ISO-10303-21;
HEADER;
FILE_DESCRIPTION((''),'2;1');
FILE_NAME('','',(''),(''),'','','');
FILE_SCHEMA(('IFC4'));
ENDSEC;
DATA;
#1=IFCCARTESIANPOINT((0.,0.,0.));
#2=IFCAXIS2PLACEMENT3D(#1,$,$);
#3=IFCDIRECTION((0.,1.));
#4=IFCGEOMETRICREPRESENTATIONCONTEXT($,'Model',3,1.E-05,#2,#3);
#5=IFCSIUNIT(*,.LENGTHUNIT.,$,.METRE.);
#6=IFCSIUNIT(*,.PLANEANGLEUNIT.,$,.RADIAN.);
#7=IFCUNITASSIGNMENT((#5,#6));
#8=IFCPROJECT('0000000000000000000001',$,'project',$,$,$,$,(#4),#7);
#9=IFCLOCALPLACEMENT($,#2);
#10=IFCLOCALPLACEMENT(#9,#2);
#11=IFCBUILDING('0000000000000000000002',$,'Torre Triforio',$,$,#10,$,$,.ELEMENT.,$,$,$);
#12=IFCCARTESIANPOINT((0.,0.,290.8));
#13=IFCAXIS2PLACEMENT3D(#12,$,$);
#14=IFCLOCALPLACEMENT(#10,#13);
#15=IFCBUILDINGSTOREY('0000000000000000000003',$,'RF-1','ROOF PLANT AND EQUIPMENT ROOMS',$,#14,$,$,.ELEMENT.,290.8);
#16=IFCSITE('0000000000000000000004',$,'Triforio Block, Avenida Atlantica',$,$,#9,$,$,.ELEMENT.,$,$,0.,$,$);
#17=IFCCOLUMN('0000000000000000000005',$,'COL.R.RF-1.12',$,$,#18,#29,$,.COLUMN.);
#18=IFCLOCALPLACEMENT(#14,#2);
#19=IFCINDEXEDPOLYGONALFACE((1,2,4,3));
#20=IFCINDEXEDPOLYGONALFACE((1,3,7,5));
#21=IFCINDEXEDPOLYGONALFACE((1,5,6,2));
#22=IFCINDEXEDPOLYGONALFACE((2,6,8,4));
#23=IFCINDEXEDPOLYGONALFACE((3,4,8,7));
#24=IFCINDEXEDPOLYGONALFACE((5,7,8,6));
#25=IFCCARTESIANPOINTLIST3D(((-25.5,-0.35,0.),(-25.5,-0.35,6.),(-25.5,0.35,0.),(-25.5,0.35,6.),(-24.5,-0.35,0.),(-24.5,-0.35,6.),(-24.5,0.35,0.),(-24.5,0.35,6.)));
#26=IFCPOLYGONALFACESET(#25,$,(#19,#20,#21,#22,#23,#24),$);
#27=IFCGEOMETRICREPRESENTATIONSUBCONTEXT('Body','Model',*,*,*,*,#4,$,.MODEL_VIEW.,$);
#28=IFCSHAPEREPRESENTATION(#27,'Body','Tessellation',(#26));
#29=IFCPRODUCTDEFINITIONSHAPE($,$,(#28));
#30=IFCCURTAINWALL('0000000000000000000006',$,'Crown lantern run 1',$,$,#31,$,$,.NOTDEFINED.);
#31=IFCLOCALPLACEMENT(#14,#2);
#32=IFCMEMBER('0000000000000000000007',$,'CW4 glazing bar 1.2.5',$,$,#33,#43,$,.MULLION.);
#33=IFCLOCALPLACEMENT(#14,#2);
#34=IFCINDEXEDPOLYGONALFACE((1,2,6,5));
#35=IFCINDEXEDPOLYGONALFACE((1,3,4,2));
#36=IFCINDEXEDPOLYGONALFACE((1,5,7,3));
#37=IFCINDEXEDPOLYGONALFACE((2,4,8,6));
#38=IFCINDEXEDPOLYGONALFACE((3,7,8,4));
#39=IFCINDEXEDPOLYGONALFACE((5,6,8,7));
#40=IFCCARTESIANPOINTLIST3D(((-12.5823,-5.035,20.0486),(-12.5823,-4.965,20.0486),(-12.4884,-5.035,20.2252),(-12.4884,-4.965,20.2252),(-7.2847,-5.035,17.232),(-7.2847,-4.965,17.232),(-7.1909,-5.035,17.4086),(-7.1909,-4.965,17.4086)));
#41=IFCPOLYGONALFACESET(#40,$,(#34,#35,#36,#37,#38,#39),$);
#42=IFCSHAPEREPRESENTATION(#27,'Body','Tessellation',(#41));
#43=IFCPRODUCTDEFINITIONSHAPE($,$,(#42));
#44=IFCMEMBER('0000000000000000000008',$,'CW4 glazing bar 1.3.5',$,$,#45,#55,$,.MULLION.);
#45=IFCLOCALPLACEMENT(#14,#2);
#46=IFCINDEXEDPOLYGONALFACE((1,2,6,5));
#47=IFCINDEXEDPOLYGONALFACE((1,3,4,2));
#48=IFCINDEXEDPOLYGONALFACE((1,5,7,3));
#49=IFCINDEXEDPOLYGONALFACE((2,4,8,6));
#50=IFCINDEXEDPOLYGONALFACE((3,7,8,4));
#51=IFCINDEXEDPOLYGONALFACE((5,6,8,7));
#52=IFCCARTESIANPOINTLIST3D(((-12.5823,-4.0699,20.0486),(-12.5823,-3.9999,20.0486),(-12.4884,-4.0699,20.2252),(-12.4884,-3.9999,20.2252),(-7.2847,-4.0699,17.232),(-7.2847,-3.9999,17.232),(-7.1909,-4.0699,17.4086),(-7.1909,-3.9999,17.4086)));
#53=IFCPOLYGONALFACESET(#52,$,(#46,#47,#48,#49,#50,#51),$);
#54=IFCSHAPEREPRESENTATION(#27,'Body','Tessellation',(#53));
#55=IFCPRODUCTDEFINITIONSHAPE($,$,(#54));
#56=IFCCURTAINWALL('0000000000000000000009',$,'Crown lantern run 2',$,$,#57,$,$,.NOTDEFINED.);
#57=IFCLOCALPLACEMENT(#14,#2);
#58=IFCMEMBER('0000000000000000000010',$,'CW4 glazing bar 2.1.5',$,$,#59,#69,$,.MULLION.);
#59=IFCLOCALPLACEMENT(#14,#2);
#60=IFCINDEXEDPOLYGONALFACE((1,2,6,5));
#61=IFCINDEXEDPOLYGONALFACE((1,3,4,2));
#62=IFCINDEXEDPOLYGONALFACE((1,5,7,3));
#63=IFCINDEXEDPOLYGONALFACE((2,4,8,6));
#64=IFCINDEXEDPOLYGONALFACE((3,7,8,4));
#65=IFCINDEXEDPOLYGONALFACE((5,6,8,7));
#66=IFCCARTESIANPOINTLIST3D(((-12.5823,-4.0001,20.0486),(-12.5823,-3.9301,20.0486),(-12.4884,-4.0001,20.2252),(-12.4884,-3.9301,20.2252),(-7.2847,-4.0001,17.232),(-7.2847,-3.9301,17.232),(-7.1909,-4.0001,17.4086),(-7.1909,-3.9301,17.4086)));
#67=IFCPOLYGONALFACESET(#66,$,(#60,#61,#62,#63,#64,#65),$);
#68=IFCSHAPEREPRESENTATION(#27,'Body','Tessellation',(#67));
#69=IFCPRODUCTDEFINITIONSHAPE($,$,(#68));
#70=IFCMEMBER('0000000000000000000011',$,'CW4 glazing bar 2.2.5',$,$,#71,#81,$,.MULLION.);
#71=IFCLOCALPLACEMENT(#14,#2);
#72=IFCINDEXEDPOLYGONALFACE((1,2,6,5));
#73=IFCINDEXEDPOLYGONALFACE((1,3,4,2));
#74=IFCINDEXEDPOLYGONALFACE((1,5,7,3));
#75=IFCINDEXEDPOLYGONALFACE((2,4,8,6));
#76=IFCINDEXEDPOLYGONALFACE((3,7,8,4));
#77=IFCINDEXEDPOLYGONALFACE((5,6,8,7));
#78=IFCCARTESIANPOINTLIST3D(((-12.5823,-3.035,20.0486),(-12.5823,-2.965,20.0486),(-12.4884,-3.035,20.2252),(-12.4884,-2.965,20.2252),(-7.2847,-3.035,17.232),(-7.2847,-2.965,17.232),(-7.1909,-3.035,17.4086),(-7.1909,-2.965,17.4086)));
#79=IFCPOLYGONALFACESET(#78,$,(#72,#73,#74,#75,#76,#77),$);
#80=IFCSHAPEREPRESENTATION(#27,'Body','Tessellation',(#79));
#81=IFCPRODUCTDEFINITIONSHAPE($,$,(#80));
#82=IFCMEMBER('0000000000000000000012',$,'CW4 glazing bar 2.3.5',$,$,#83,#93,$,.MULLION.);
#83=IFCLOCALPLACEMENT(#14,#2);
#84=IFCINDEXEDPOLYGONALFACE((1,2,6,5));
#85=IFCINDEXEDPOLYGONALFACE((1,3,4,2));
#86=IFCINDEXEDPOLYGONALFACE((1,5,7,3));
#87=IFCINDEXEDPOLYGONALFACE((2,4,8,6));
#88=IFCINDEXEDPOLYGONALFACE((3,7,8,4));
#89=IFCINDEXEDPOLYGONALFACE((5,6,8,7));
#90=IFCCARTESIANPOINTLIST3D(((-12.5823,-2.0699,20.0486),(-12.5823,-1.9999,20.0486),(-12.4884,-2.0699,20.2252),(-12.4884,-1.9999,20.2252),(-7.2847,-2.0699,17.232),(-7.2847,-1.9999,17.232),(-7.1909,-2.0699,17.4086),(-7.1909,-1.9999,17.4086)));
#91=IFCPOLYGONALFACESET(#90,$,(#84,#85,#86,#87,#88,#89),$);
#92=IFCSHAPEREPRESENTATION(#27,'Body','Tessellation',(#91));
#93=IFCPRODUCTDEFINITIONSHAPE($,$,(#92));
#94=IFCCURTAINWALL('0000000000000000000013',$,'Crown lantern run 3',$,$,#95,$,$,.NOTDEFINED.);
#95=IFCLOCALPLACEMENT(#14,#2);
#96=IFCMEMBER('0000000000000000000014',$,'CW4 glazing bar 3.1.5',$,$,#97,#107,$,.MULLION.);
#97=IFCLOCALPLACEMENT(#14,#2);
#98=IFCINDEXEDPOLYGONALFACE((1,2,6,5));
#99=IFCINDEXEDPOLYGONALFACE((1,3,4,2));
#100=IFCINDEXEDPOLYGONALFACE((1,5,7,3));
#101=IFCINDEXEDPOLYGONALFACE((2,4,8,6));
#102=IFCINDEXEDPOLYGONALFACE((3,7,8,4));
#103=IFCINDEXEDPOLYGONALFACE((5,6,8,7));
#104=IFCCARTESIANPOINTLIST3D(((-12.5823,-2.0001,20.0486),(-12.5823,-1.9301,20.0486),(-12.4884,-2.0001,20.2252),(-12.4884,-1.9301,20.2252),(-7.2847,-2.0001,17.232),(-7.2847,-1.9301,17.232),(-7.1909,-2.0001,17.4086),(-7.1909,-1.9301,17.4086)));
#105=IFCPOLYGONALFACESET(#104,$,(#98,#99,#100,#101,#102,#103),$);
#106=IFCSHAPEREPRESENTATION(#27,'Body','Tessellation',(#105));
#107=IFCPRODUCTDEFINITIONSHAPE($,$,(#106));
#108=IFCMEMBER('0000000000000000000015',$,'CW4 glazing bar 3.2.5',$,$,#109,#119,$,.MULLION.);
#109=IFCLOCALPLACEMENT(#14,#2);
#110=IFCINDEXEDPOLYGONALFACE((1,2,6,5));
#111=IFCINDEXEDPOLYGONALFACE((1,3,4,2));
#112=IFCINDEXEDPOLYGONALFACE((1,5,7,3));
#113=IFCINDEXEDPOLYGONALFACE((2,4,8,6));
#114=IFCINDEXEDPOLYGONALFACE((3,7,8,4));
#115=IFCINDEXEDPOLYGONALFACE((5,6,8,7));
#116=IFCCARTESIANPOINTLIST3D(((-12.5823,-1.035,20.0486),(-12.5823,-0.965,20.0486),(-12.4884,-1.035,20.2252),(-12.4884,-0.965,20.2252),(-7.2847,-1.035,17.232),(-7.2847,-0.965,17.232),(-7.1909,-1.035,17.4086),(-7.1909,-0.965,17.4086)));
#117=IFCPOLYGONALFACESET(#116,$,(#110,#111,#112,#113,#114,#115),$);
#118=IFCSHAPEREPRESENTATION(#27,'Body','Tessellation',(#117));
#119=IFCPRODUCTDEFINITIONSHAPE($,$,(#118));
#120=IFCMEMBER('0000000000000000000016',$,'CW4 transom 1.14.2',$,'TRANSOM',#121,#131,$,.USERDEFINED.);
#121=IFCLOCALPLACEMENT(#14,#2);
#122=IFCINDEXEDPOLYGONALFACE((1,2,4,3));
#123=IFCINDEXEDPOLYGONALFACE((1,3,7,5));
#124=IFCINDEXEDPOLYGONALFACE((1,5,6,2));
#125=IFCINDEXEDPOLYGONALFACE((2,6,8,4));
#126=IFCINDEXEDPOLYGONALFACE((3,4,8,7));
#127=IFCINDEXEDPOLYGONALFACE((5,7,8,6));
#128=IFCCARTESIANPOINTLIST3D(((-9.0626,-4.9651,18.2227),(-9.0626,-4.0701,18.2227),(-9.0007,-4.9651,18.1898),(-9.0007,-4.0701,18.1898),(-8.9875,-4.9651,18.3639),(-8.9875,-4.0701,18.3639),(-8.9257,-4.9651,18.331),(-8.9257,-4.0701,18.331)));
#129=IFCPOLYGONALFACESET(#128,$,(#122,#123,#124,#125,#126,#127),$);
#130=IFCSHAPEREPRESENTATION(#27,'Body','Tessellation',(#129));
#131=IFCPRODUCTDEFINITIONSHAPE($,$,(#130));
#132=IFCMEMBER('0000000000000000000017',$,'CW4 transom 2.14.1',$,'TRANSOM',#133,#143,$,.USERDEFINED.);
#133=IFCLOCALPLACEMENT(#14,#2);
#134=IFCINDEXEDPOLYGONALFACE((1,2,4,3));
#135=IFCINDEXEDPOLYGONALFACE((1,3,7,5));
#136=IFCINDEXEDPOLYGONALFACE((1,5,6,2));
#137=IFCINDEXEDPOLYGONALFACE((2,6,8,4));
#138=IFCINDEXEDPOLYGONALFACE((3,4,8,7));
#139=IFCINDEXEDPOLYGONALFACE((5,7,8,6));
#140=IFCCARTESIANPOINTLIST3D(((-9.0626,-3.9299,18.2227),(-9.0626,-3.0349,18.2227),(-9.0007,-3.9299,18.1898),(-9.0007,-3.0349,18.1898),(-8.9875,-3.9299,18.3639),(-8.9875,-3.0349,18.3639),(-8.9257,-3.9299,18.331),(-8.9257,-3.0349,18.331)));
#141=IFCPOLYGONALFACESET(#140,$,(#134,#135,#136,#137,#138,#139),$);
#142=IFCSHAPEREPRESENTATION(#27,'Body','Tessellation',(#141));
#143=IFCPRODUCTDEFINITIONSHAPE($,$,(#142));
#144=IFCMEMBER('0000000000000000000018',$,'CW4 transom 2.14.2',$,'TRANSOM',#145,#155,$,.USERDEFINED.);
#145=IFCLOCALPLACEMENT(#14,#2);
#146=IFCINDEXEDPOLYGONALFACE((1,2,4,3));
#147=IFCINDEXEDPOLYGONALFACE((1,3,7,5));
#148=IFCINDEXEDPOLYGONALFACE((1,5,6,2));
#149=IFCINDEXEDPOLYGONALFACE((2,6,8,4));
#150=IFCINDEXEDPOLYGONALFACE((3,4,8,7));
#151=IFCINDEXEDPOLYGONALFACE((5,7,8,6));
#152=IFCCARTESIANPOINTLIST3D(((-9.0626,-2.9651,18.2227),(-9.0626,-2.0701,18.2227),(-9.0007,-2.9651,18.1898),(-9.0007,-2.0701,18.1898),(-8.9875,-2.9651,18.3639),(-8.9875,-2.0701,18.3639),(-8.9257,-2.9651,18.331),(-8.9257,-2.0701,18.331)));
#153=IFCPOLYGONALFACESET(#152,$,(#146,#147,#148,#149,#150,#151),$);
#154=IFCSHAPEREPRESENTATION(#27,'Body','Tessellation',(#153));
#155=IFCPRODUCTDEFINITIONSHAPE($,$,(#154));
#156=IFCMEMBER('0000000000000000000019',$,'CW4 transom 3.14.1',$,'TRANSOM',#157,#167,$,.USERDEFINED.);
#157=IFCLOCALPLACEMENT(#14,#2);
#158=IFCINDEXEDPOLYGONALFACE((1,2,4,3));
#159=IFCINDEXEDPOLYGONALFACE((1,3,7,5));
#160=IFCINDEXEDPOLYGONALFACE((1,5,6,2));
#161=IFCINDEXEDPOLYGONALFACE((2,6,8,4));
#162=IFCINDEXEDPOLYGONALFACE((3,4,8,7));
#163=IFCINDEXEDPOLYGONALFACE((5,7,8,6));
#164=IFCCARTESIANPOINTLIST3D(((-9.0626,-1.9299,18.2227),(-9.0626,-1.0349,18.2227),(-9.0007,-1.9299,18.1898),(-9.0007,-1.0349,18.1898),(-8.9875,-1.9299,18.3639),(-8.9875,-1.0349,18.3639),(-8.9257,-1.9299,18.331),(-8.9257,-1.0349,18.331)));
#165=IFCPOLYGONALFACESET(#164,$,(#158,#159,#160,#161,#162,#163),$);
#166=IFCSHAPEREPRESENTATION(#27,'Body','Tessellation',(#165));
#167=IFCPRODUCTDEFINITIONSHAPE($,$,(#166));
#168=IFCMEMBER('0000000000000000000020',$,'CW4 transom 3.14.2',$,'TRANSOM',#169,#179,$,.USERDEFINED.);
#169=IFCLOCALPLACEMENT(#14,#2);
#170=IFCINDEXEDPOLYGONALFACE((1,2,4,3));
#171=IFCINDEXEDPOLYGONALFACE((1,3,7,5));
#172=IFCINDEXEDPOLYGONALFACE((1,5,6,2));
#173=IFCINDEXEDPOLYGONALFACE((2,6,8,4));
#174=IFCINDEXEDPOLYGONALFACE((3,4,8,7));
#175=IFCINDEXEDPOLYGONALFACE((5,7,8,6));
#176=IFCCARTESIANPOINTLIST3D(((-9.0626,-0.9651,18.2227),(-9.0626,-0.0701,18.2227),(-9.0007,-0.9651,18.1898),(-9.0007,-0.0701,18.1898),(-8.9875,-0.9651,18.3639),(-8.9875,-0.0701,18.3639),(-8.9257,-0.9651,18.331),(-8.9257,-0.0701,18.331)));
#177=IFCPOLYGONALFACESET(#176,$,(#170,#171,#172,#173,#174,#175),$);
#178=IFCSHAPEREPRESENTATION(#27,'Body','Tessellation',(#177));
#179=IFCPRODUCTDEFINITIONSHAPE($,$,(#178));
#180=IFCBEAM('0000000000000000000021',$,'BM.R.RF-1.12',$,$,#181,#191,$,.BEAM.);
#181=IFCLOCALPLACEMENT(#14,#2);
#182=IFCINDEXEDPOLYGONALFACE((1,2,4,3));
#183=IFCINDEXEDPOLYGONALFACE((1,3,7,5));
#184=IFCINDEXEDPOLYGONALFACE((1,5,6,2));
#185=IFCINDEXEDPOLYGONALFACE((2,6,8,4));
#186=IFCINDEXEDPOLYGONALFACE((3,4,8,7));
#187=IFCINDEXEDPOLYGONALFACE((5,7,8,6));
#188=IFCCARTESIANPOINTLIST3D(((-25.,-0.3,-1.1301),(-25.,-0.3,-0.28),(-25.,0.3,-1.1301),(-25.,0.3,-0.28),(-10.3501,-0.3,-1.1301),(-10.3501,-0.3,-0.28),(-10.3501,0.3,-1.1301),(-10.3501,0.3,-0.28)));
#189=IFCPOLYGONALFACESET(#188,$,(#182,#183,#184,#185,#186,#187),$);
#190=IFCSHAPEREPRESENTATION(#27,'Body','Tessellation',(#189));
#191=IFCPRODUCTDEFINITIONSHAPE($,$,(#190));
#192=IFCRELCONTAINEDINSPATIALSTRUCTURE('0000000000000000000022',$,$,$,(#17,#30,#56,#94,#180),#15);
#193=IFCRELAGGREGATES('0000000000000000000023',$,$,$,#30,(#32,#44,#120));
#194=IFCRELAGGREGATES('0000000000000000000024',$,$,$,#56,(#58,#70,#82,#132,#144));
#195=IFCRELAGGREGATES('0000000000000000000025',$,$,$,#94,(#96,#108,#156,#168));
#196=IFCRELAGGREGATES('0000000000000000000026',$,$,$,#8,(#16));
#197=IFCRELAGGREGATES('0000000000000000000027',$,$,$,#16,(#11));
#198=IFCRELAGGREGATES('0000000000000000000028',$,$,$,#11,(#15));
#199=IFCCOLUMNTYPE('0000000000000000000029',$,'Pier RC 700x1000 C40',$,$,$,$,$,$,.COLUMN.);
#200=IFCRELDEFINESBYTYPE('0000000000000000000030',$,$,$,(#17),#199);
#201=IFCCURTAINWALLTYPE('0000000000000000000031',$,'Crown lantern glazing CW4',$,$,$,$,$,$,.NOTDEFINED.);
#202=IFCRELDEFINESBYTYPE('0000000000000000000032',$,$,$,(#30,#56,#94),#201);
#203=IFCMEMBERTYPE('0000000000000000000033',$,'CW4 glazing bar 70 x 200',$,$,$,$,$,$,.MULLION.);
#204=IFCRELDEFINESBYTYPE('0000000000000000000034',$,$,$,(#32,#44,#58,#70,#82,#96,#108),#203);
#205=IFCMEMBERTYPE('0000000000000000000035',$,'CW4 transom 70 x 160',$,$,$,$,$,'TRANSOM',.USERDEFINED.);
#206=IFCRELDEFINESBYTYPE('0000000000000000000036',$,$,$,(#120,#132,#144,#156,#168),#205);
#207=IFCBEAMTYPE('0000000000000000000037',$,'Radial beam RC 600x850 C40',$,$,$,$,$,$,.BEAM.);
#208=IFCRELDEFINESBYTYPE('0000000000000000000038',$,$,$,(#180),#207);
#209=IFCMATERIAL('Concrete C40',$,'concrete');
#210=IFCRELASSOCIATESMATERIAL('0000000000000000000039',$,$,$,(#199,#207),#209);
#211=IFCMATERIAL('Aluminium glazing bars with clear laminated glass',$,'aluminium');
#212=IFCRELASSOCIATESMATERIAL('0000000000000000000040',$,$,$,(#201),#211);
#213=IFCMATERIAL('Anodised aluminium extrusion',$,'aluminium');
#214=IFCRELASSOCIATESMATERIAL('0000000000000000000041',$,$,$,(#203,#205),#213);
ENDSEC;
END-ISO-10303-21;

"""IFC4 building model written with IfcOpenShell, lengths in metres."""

from ifc_helpers import new_model, si_unit, direction, frame, origin, origin_2d, place, context, subcontext, project, spatial, rectangle, extrude, material, material_profile, profile_set, type_object, element, aggregate, save


model = new_model("IFC4")

# Units and contexts
model_context = context("Model", 3, precision=1e-05, world=origin(), true_north=direction((0.0, 1.0)))
body_context = subcontext(model_context, "Body", "Model", "MODEL_VIEW")
ifc_project = project(units=[si_unit("LENGTHUNIT", "METRE"), si_unit("PLANEANGLEUNIT", "RADIAN")], contexts=[model_context])

# Site, building, storey
site_placement = place(None, origin())
site = spatial("IfcSite", under=ifc_project, at=site_placement, Name="Triforio Block, Avenida Atlantica", CompositionType="ELEMENT", RefElevation=0.0)
building_placement = place(site_placement, origin())
building = spatial("IfcBuilding", under=site, at=building_placement, Name="Torre Triforio", CompositionType="ELEMENT")
storey_placement = place(building_placement, frame((0.0, 0.0, 290.8)))
storey = spatial("IfcBuildingStorey", under=building, at=storey_placement, Name="RF-1", Description="ROOF PLANT AND EQUIPMENT ROOMS", CompositionType="ELEMENT", Elevation=290.8)

# Column
ifc_material_1 = material(Name="Concrete C40", Category="concrete")
ifc_material_profile_1 = material_profile(ifc_material_1, rectangle(XDim=0.7, YDim=1.0, at=origin_2d()), Name="RC 700x1000")
ifc_profile_set_1 = profile_set([ifc_material_profile_1], Name="Concrete C40")
column_type = type_object("IfcColumnType", Name="Pier RC 700x1000 C40", PredefinedType="COLUMN", material=ifc_profile_set_1)
column_placement = place(storey_placement, frame((-25.0, 0.0, 0.0), z_axis=(0.0, 0.0, 1.0), x_axis=(0.0, -1.0, 0.0)))
element("IfcColumn", 1, at=column_placement, inside=storey, type_object=column_type, Name="COL.R.RF-1.12", PredefinedType="COLUMN", context=body_context, shape_type="SweptSolid", body=[
    extrude(rectangle(XDim=0.7, YDim=1.0, at=origin_2d()), origin(), (0.0, 0.0, 1.0), 6.0),
])

# Curtain walls, members
ifc_material_2 = material(Name="Aluminium glazing bars with clear laminated glass", Category="aluminium")
curtain_wall_type = type_object("IfcCurtainWallType", Name="Crown lantern glazing CW4", PredefinedType="NOTDEFINED", material=ifc_material_2)
curtain_wall_1_placement = place(storey_placement, origin())
curtain_wall_1 = element("IfcCurtainWall", 2, at=curtain_wall_1_placement, inside=storey, type_object=curtain_wall_type, Name="Crown lantern run 1", PredefinedType="NOTDEFINED")
ifc_material_3 = material(Name="Anodised aluminium extrusion", Category="aluminium")
ifc_material_profile_2 = material_profile(ifc_material_3, rectangle(XDim=0.0701, YDim=0.2, at=origin_2d()), Name="CW4 MULLION 70x200")
ifc_profile_set_2 = profile_set([ifc_material_profile_2], Name="Anodised aluminium extrusion")
member_type_1 = type_object("IfcMemberType", Name="CW4 glazing bar 70 x 200", PredefinedType="MULLION", material=ifc_profile_set_2)
member_1_placement = place(storey_placement, frame((-7.2378, -5.0, 17.3203), z_axis=(-0.882957, 0.0, 0.469454), x_axis=(0.0, -1.0, 0.0)))
member_1 = element("IfcMember", 3, at=member_1_placement, type_object=member_type_1, Name="CW4 glazing bar 1.2.5", PredefinedType="MULLION", context=body_context, shape_type="SweptSolid", body=[
    extrude(rectangle(XDim=0.0701, YDim=0.2, at=origin_2d()), origin(), (0.0, 0.0, 1.0), 5.9998),
])
member_2_placement = place(storey_placement, frame((-7.2378, -4.0349, 17.3203), z_axis=(-0.882957, 0.0, 0.469454), x_axis=(0.0, -1.0, 0.0)))
member_2 = element("IfcMember", 4, at=member_2_placement, type_object=member_type_1, Name="CW4 glazing bar 1.3.5", PredefinedType="MULLION", context=body_context, shape_type="SweptSolid", body=[
    extrude(rectangle(XDim=0.0701, YDim=0.2, at=origin_2d()), origin(), (0.0, 0.0, 1.0), 5.9998),
])
curtain_wall_2_placement = place(storey_placement, origin())
curtain_wall_2 = element("IfcCurtainWall", 5, at=curtain_wall_2_placement, inside=storey, type_object=curtain_wall_type, Name="Crown lantern run 2", PredefinedType="NOTDEFINED")
member_3_placement = place(storey_placement, frame((-7.2378, -3.9651, 17.3203), z_axis=(-0.882957, 0.0, 0.469454), x_axis=(0.0, -1.0, 0.0)))
member_3 = element("IfcMember", 6, at=member_3_placement, type_object=member_type_1, Name="CW4 glazing bar 2.1.5", PredefinedType="MULLION", context=body_context, shape_type="SweptSolid", body=[
    extrude(rectangle(XDim=0.0701, YDim=0.2, at=origin_2d()), origin(), (0.0, 0.0, 1.0), 5.9998),
])
member_4_placement = place(storey_placement, frame((-7.2378, -3.0, 17.3203), z_axis=(-0.882957, 0.0, 0.469454), x_axis=(0.0, -1.0, 0.0)))
member_4 = element("IfcMember", 7, at=member_4_placement, type_object=member_type_1, Name="CW4 glazing bar 2.2.5", PredefinedType="MULLION", context=body_context, shape_type="SweptSolid", body=[
    extrude(rectangle(XDim=0.0701, YDim=0.2, at=origin_2d()), origin(), (0.0, 0.0, 1.0), 5.9998),
])
member_5_placement = place(storey_placement, frame((-7.2378, -2.0349, 17.3203), z_axis=(-0.882957, 0.0, 0.469454), x_axis=(0.0, -1.0, 0.0)))
member_5 = element("IfcMember", 8, at=member_5_placement, type_object=member_type_1, Name="CW4 glazing bar 2.3.5", PredefinedType="MULLION", context=body_context, shape_type="SweptSolid", body=[
    extrude(rectangle(XDim=0.0701, YDim=0.2, at=origin_2d()), origin(), (0.0, 0.0, 1.0), 5.9998),
])
curtain_wall_3_placement = place(storey_placement, origin())
curtain_wall_3 = element("IfcCurtainWall", 9, at=curtain_wall_3_placement, inside=storey, type_object=curtain_wall_type, Name="Crown lantern run 3", PredefinedType="NOTDEFINED")
member_6_placement = place(storey_placement, frame((-7.2378, -1.9651, 17.3203), z_axis=(-0.882957, 0.0, 0.469454), x_axis=(0.0, -1.0, 0.0)))
member_6 = element("IfcMember", 10, at=member_6_placement, type_object=member_type_1, Name="CW4 glazing bar 3.1.5", PredefinedType="MULLION", context=body_context, shape_type="SweptSolid", body=[
    extrude(rectangle(XDim=0.0701, YDim=0.2, at=origin_2d()), origin(), (0.0, 0.0, 1.0), 5.9998),
])
member_7_placement = place(storey_placement, frame((-7.2378, -1.0, 17.3203), z_axis=(-0.882957, 0.0, 0.469454), x_axis=(0.0, -1.0, 0.0)))
member_7 = element("IfcMember", 11, at=member_7_placement, type_object=member_type_1, Name="CW4 glazing bar 3.2.5", PredefinedType="MULLION", context=body_context, shape_type="SweptSolid", body=[
    extrude(rectangle(XDim=0.0701, YDim=0.2, at=origin_2d()), origin(), (0.0, 0.0, 1.0), 5.9998),
])

# Members
ifc_material_profile_3 = material_profile(ifc_material_3, rectangle(XDim=0.0701, YDim=0.1599, at=origin_2d()), Name="CW4 TRANSOM 70x160")
ifc_profile_set_3 = profile_set([ifc_material_profile_3], Name="Anodised aluminium extrusion")
member_type_2 = type_object("IfcMemberType", Name="CW4 transom 70 x 160", ElementType="TRANSOM", PredefinedType="USERDEFINED", material=ifc_profile_set_3)
member_8_placement = place(storey_placement, frame((-8.9941, -4.9651, 18.2769), z_axis=(0.0, 1.0, 0.0), x_axis=(-0.882948, 0.0, 0.469472)))
member_8 = element("IfcMember", 12, at=member_8_placement, type_object=member_type_2, Name="CW4 transom 1.14.2", ObjectType="TRANSOM", PredefinedType="USERDEFINED", context=body_context, shape_type="SweptSolid", body=[
    extrude(rectangle(XDim=0.0701, YDim=0.1599, at=origin_2d()), origin(), (0.0, 0.0, 1.0), 0.895),
])
member_9_placement = place(storey_placement, frame((-8.9941, -3.9299, 18.2769), z_axis=(0.0, 1.0, 0.0), x_axis=(-0.882948, 0.0, 0.469472)))
member_9 = element("IfcMember", 13, at=member_9_placement, type_object=member_type_2, Name="CW4 transom 2.14.1", ObjectType="TRANSOM", PredefinedType="USERDEFINED", context=body_context, shape_type="SweptSolid", body=[
    extrude(rectangle(XDim=0.0701, YDim=0.1599, at=origin_2d()), origin(), (0.0, 0.0, 1.0), 0.895),
])
member_10_placement = place(storey_placement, frame((-8.9941, -2.9651, 18.2769), z_axis=(0.0, 1.0, 0.0), x_axis=(-0.882948, 0.0, 0.469472)))
member_10 = element("IfcMember", 14, at=member_10_placement, type_object=member_type_2, Name="CW4 transom 2.14.2", ObjectType="TRANSOM", PredefinedType="USERDEFINED", context=body_context, shape_type="SweptSolid", body=[
    extrude(rectangle(XDim=0.0701, YDim=0.1599, at=origin_2d()), origin(), (0.0, 0.0, 1.0), 0.895),
])
member_11_placement = place(storey_placement, frame((-8.9941, -1.9299, 18.2769), z_axis=(0.0, 1.0, 0.0), x_axis=(-0.882948, 0.0, 0.469472)))
member_11 = element("IfcMember", 15, at=member_11_placement, type_object=member_type_2, Name="CW4 transom 3.14.1", ObjectType="TRANSOM", PredefinedType="USERDEFINED", context=body_context, shape_type="SweptSolid", body=[
    extrude(rectangle(XDim=0.0701, YDim=0.1599, at=origin_2d()), origin(), (0.0, 0.0, 1.0), 0.895),
])
member_12_placement = place(storey_placement, frame((-8.9941, -0.9651, 18.2769), z_axis=(0.0, 1.0, 0.0), x_axis=(-0.882948, 0.0, 0.469472)))
member_12 = element("IfcMember", 16, at=member_12_placement, type_object=member_type_2, Name="CW4 transom 3.14.2", ObjectType="TRANSOM", PredefinedType="USERDEFINED", context=body_context, shape_type="SweptSolid", body=[
    extrude(rectangle(XDim=0.0701, YDim=0.1599, at=origin_2d()), origin(), (0.0, 0.0, 1.0), 0.895),
])

# Beam
ifc_material_profile_4 = material_profile(ifc_material_1, rectangle(XDim=0.6001, YDim=0.8501, at=origin_2d()), Name="RC 600x850")
ifc_profile_set_4 = profile_set([ifc_material_profile_4], Name="Concrete C40")
beam_type_1 = type_object("IfcBeamType", Name="Radial beam RC 600x850 C40", PredefinedType="BEAM", material=ifc_profile_set_4)
beam_1_placement = place(storey_placement, frame((-10.3501, 0.0, -0.7051), z_axis=(-1.0, 0.0, 0.0), x_axis=(0.0, -1.0, 0.0)))
element("IfcBeam", 17, at=beam_1_placement, inside=storey, type_object=beam_type_1, Name="BM.R.RF-1.12", PredefinedType="BEAM", context=body_context, shape_type="SweptSolid", body=[
    extrude(rectangle(XDim=0.6001, YDim=0.8501, at=origin_2d()), origin(), (0.0, 0.0, 1.0), 14.6499),
])

aggregate(curtain_wall_1, [member_1, member_2, member_8])
aggregate(curtain_wall_2, [member_3, member_4, member_5, member_9, member_10])
aggregate(curtain_wall_3, [member_6, member_7, member_11, member_12])

save(model, "model.ifc")
